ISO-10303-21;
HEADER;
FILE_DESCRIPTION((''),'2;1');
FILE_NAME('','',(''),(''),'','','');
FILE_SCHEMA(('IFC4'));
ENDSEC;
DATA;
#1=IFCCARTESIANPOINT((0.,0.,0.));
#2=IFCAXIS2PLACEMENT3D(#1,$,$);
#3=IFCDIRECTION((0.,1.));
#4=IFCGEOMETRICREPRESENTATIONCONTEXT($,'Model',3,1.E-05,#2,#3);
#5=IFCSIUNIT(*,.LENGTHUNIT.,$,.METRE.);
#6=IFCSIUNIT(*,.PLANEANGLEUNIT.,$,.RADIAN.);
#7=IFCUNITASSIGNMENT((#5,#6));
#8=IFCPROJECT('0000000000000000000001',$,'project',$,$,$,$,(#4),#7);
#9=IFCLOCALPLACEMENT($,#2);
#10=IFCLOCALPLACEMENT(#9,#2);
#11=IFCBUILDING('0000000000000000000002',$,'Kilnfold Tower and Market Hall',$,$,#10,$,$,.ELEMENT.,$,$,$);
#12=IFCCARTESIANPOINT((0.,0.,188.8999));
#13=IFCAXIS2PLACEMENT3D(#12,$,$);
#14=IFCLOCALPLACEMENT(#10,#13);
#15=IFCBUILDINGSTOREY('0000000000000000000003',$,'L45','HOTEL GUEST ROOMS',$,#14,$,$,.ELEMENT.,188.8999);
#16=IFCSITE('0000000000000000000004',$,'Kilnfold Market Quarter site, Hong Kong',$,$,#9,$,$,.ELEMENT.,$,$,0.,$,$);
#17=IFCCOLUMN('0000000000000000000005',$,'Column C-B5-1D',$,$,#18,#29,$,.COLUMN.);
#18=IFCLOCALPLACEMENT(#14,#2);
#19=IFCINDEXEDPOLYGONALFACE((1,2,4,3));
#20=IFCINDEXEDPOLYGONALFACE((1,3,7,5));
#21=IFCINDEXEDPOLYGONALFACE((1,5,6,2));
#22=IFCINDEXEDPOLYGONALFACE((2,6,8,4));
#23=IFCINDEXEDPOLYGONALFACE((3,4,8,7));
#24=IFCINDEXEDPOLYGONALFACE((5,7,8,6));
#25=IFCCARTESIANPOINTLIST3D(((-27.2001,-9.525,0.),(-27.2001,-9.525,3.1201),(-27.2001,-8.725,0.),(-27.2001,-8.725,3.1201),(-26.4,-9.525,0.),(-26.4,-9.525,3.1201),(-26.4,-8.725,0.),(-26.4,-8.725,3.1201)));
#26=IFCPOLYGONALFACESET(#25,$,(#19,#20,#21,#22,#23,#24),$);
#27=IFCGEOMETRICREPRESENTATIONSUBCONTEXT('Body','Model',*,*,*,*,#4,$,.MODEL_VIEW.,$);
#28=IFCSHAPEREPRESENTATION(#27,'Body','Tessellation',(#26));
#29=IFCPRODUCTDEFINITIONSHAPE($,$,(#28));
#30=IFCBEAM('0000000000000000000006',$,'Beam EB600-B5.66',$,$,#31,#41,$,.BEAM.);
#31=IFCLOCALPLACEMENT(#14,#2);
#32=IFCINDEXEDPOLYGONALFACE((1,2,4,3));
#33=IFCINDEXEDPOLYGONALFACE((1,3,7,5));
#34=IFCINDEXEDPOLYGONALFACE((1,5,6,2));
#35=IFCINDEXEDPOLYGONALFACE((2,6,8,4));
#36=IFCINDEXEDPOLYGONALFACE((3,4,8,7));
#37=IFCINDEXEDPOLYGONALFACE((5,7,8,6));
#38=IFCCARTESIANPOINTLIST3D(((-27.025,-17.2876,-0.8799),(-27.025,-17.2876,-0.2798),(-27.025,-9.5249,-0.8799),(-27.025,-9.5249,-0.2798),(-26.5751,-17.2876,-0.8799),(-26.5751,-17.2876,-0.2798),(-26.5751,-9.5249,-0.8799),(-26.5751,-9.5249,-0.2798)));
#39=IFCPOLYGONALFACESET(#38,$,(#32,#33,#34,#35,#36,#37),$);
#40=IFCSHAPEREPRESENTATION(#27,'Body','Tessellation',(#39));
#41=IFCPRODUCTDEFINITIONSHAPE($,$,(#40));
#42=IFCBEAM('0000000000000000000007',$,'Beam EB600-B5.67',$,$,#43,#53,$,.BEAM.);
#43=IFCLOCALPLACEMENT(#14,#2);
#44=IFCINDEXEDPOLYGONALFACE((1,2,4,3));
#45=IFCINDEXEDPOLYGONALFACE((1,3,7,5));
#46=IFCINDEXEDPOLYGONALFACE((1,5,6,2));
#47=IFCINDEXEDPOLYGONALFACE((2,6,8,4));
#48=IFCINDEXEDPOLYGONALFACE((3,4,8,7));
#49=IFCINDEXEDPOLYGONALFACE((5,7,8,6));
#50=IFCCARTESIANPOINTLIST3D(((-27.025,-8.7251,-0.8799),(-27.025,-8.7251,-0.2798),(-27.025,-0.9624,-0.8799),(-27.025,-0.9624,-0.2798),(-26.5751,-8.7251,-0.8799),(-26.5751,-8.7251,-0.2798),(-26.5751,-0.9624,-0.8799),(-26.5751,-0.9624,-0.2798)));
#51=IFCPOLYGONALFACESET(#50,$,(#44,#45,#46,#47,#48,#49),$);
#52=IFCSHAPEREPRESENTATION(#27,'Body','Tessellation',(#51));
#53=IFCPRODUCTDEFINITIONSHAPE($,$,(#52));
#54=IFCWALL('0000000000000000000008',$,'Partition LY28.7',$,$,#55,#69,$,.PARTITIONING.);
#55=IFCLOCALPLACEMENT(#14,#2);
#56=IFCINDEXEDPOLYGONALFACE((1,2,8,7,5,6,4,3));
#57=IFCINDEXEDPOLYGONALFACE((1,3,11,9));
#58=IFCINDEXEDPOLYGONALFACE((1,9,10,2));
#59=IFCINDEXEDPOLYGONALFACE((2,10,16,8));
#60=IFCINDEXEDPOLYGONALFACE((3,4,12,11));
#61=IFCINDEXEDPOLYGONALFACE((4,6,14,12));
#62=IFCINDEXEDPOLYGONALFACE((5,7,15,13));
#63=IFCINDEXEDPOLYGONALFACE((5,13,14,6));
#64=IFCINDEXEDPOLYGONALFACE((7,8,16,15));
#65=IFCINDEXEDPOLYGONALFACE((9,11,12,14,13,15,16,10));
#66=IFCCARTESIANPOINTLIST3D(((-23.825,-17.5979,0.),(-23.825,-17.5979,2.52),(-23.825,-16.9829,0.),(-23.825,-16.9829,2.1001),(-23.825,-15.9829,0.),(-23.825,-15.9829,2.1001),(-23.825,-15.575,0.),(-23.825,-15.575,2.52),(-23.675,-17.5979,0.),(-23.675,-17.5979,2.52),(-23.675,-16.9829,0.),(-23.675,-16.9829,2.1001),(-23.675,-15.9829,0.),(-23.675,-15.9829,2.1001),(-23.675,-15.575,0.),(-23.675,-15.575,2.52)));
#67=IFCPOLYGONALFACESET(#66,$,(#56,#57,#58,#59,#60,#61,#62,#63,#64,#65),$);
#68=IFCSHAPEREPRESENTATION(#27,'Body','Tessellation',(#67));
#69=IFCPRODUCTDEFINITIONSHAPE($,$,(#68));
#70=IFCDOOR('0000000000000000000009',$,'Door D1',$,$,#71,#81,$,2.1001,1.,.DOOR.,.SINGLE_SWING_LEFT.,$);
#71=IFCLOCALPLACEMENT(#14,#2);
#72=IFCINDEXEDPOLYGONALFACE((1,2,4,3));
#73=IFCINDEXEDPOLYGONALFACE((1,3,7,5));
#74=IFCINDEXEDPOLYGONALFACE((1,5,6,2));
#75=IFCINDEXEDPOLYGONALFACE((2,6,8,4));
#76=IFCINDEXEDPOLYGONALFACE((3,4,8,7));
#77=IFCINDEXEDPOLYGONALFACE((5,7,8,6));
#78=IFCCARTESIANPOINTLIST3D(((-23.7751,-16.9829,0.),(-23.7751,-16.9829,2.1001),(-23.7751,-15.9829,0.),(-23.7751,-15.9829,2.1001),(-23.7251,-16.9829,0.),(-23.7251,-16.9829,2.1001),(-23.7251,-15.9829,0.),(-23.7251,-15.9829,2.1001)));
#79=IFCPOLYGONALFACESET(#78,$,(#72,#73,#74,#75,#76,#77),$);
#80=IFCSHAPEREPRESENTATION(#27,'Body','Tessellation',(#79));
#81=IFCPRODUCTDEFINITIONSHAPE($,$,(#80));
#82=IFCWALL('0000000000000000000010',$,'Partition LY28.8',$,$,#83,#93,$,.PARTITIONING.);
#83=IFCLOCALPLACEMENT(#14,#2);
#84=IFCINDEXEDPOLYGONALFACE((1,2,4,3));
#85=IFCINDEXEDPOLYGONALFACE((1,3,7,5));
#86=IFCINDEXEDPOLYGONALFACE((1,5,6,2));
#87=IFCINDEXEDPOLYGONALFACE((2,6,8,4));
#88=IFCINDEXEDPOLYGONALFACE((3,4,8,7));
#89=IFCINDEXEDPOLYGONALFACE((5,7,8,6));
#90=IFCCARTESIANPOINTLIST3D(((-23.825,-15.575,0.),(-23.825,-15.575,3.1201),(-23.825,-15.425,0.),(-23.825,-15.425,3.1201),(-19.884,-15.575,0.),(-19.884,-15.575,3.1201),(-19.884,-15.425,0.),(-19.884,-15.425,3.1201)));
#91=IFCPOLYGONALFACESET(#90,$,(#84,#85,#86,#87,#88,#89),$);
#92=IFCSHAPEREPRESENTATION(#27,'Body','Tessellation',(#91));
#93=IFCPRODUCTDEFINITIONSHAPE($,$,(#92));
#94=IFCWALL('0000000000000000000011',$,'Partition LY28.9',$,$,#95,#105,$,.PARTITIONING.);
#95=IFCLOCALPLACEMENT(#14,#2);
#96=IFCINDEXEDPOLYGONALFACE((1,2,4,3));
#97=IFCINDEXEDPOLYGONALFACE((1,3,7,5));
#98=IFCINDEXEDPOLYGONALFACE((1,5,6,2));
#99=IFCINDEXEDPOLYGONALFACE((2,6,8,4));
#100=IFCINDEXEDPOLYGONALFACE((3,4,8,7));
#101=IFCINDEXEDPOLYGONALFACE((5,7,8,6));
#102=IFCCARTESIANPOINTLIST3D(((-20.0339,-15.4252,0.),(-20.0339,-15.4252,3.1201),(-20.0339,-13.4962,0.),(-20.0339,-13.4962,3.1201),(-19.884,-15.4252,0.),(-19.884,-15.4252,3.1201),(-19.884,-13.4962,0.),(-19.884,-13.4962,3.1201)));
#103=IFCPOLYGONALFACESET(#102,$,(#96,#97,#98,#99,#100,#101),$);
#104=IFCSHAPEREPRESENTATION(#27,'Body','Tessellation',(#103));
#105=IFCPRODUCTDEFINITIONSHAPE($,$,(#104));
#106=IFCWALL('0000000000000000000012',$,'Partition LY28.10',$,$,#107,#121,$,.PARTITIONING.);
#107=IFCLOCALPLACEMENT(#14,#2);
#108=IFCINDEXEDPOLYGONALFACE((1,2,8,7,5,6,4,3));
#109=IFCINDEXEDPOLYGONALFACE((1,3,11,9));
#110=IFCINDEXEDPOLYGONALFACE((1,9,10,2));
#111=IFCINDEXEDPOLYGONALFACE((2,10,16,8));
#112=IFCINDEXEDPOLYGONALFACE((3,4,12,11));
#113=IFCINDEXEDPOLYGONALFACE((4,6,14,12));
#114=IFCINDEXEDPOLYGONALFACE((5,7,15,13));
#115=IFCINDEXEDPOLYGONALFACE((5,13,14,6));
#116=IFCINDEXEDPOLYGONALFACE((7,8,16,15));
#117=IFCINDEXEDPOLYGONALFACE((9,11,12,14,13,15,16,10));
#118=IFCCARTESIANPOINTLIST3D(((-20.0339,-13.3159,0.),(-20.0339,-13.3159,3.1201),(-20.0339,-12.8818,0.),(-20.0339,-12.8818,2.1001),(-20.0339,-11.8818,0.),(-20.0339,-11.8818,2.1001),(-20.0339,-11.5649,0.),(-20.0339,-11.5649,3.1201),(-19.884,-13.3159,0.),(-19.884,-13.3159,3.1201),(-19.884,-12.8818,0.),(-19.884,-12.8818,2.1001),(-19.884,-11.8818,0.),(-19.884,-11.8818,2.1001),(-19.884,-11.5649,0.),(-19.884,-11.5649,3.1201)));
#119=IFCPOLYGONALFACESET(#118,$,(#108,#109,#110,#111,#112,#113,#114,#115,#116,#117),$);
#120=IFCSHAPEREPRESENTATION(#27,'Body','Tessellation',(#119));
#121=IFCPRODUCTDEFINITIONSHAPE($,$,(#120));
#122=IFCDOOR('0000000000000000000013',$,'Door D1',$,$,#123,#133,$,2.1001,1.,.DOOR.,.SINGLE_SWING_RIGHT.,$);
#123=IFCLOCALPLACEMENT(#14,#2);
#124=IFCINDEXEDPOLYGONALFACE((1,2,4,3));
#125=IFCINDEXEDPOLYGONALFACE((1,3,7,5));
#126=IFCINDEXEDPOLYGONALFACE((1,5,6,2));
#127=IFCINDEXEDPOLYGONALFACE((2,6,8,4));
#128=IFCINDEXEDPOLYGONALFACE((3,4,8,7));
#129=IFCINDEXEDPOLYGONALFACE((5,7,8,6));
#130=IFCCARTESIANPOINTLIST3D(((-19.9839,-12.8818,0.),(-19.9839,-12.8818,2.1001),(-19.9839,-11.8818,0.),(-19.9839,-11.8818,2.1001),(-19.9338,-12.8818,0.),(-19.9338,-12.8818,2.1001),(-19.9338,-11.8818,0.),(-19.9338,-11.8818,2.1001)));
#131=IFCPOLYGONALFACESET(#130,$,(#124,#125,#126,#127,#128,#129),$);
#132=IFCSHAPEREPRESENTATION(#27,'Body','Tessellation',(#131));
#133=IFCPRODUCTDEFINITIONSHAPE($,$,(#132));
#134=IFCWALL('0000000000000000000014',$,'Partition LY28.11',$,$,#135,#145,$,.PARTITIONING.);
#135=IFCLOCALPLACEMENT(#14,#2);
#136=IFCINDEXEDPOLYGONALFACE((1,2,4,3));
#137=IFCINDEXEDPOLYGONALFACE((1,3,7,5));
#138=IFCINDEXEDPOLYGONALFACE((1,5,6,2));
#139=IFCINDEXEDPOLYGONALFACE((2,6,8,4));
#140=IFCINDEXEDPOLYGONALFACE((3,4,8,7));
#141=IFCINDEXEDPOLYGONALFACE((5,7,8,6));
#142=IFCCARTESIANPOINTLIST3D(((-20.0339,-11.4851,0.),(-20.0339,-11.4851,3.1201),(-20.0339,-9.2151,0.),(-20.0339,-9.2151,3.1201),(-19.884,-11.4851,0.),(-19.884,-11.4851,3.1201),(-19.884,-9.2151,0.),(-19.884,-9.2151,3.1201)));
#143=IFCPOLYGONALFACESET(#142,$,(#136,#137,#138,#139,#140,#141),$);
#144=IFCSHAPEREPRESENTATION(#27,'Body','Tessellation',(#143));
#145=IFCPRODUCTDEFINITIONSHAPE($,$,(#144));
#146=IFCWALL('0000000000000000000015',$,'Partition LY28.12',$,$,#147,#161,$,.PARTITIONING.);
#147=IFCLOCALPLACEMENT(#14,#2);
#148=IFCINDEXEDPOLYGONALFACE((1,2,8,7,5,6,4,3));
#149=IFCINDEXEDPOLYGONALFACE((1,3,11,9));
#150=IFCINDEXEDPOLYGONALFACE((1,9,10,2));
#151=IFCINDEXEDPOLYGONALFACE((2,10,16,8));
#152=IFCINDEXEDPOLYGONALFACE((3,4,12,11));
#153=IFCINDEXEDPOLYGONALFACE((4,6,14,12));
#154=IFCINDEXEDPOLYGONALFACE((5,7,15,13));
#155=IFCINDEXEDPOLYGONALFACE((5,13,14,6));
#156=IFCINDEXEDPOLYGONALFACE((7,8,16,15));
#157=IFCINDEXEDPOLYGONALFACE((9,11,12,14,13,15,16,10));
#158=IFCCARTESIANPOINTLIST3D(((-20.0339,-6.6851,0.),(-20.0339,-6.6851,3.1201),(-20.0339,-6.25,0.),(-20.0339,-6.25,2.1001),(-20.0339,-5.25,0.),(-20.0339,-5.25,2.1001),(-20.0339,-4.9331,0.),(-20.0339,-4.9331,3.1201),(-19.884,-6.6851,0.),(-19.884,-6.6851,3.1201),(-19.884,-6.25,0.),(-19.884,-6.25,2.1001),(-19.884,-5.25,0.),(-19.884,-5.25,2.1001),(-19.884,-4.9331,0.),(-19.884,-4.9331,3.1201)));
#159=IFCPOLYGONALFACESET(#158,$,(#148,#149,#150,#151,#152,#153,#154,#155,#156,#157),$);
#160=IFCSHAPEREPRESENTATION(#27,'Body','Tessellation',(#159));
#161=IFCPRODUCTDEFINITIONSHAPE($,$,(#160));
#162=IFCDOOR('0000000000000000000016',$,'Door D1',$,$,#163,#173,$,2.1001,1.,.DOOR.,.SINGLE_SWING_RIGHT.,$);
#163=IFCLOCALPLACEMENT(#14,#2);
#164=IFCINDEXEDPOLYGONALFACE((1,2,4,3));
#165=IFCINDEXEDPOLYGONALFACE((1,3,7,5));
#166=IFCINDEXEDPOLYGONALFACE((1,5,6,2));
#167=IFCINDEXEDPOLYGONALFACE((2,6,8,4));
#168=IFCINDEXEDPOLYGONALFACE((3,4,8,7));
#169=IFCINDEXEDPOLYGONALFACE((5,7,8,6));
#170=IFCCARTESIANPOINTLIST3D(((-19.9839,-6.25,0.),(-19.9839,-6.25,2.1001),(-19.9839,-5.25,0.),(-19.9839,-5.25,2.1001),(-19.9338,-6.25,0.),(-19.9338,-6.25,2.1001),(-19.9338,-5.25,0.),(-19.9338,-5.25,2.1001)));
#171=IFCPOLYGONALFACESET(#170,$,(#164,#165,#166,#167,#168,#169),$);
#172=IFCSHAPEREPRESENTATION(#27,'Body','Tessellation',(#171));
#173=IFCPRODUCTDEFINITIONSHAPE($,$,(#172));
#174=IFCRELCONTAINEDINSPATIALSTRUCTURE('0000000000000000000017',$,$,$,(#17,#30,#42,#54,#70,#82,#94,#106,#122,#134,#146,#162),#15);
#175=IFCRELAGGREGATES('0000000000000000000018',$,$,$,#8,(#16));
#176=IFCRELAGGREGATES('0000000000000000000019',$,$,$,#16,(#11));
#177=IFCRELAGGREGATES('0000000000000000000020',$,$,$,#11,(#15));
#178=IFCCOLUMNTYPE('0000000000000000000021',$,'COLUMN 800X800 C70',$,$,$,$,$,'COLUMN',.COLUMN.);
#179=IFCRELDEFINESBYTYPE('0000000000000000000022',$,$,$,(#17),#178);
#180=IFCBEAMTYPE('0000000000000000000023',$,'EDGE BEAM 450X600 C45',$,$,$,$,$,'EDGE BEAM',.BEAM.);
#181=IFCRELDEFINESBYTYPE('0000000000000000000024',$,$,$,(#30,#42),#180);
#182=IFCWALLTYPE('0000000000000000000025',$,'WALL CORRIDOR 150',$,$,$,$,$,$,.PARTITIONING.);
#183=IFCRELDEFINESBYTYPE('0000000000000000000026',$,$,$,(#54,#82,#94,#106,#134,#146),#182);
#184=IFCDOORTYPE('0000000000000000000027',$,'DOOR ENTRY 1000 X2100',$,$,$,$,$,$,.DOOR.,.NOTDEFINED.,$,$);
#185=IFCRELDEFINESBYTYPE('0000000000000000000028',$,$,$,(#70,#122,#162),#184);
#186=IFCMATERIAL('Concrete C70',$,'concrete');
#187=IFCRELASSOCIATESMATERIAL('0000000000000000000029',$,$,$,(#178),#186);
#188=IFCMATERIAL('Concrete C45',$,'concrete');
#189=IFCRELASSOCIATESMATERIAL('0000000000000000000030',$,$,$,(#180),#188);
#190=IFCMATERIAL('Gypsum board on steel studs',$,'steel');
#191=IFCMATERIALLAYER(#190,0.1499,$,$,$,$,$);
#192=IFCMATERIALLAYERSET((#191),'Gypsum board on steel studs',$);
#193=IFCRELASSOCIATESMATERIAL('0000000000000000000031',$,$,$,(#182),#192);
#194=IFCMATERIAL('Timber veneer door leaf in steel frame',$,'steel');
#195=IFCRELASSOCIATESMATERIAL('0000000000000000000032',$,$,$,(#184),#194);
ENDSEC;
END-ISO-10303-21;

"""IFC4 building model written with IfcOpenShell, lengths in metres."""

from ifc_helpers import new_model, si_unit, direction, frame, frame_2d, origin, origin_2d, place, context, subcontext, project, spatial, rectangle, extrude, source, transform, mapped, material, layer, layer_set, material_profile, profile_set, type_object, element, fill, save


model = new_model("IFC4")

# Units and contexts
model_context = context("Model", 3, precision=1e-05, world=origin(), true_north=direction((0.0, 1.0)))
body_context = subcontext(model_context, "Body", "Model", "MODEL_VIEW")
ifc_project = project(units=[si_unit("LENGTHUNIT", "METRE"), si_unit("PLANEANGLEUNIT", "RADIAN")], contexts=[model_context])

# Site, building, storey
site_placement = place(None, origin())
site = spatial("IfcSite", under=ifc_project, at=site_placement, Name="Kilnfold Market Quarter site, Hong Kong", CompositionType="ELEMENT", RefElevation=0.0)
building_placement = place(site_placement, origin())
building = spatial("IfcBuilding", under=site, at=building_placement, Name="Kilnfold Tower and Market Hall", CompositionType="ELEMENT")
storey_placement = place(building_placement, frame((0.0, 0.0, 188.8999)))
storey = spatial("IfcBuildingStorey", under=building, at=storey_placement, Name="L45", Description="HOTEL GUEST ROOMS", CompositionType="ELEMENT", Elevation=188.8999)

# Column
ifc_material_1 = material(Name="Concrete C70", Category="concrete")
ifc_material_profile_1 = material_profile(ifc_material_1, rectangle(XDim=0.8, YDim=0.8, at=origin_2d()), Name="RC 800x800")
ifc_profile_set_1 = profile_set([ifc_material_profile_1], Name="Concrete C70")
column_type = type_object("IfcColumnType", Name="COLUMN 800X800 C70", ElementType="COLUMN", PredefinedType="COLUMN", material=ifc_profile_set_1)
shared_shape_1 = source(origin(), body_context, "Body", "SweptSolid", [
    extrude(rectangle(XDim=0.8, YDim=0.8, at=origin_2d()), origin(), (0.0, 0.0, 1.0), 3.1201),
])
column_placement = place(storey_placement, frame((-26.8, -9.125, 0.0), z_axis=(0.0, 0.0, 1.0), x_axis=(1.0, 0.0, 0.0)))
element("IfcColumn", 1, at=column_placement, inside=storey, type_object=column_type, Name="Column C-B5-1D", PredefinedType="COLUMN", context=body_context, shape_type="MappedRepresentation", body=[
    mapped(shared_shape_1, transform((0.0, 0.0, 0.0))),
])

# Beams
ifc_material_2 = material(Name="Concrete C45", Category="concrete")
ifc_material_profile_2 = material_profile(ifc_material_2, rectangle(XDim=0.45, YDim=0.6001, at=origin_2d()), Name="RC 450x600")
ifc_profile_set_2 = profile_set([ifc_material_profile_2], Name="Concrete C45")
beam_type = type_object("IfcBeamType", Name="EDGE BEAM 450X600 C45", ElementType="EDGE BEAM", PredefinedType="BEAM", material=ifc_profile_set_2)
shared_shape_2 = source(origin(), body_context, "Body", "SweptSolid", [
    extrude(rectangle(XDim=0.45, YDim=0.6001, at=origin_2d()), origin(), (0.0, 0.0, 1.0), 7.7627),
])
for number, where, z_axis, x_axis, name in (
    (2, (-26.8, -17.2876, -0.5798), (0.0, 1.0, 0.0), (-1.0, 0.0, 0.0), "Beam EB600-B5.66"),
    (3, (-26.8, -8.7251, -0.5798), (0.0, 1.0, 0.0), (-1.0, 0.0, 0.0), "Beam EB600-B5.67"),
):
    element("IfcBeam", number, at=place(storey_placement, frame(where, z_axis=z_axis, x_axis=x_axis)), inside=storey, type_object=beam_type, Name=name, PredefinedType="BEAM", context=body_context, shape_type="MappedRepresentation", body=[
        mapped(shared_shape_2, transform((0.0, 0.0, 0.0))),
    ])

# Wall, opening, door
ifc_material_3 = material(Name="Gypsum board on steel studs", Category="steel")
ifc_layer_1 = layer(ifc_material_3, 0.1499)
ifc_layer_set_1 = layer_set([ifc_layer_1], Name="Gypsum board on steel studs")
wall_type_1 = type_object("IfcWallType", Name="WALL CORRIDOR 150", PredefinedType="PARTITIONING", material=ifc_layer_set_1)
wall_1_placement = place(storey_placement, frame((-23.75, -15.575, 0.0), z_axis=(0.0, 0.0, 1.0), x_axis=(0.0, -1.0, 0.0)))
wall_1 = element("IfcWall", 4, at=wall_1_placement, inside=storey, type_object=wall_type_1, Name="Partition LY28.7", PredefinedType="PARTITIONING", context=body_context, shape_type="SweptSolid", body=[
    extrude(rectangle(XDim=2.0229, YDim=0.1499, at=frame_2d((1.0115, 0.0))), origin(), (0.0, 0.0, 1.0), 2.52),
])
opening_1_placement = place(wall_1_placement, frame((0.408, 0.0, 0.0)))
opening_1 = element("IfcOpeningElement", 5, at=opening_1_placement, cuts=wall_1, PredefinedType="OPENING", context=body_context, shape_type="SweptSolid", body=[
    extrude(rectangle(XDim=1.0, YDim=2.1001, at=frame_2d((0.5, 1.05))), frame((0.0, 0.085, 0.0), z_axis=(0.0, -1.0, 0.0), x_axis=(1.0, 0.0, 0.0)), (0.0, 0.0, 1.0), 0.1699),
])
ifc_material_4 = material(Name="Timber veneer door leaf in steel frame", Category="steel")
door_type_1 = type_object("IfcDoorType", Name="DOOR ENTRY 1000 X2100", OperationType="NOTDEFINED", PredefinedType="DOOR", material=ifc_material_4)
door_1_placement = place(opening_1_placement, origin())
door_1 = element("IfcDoor", 6, at=door_1_placement, inside=storey, type_object=door_type_1, Name="Door D1", OperationType="SINGLE_SWING_LEFT", OverallHeight=2.1001, OverallWidth=1.0, PredefinedType="DOOR", context=body_context, shape_type="SweptSolid", body=[
    extrude(rectangle(XDim=1.0, YDim=2.1001, at=frame_2d((0.5, 1.05))), frame((0.0, 0.0249, 0.0), z_axis=(0.0, -1.0, 0.0), x_axis=(1.0, 0.0, 0.0)), (0.0, 0.0, 1.0), 0.05),
])
fill(opening_1, door_1)

# Walls
wall_2_placement = place(storey_placement, frame((-23.825, -15.5, 0.0), z_axis=(0.0, 0.0, 1.0), x_axis=(1.0, 0.0, 0.0)))
element("IfcWall", 7, at=wall_2_placement, inside=storey, type_object=wall_type_1, Name="Partition LY28.8", PredefinedType="PARTITIONING", context=body_context, shape_type="SweptSolid", body=[
    extrude(rectangle(XDim=3.9409, YDim=0.1499, at=frame_2d((1.9705, 0.0))), origin(), (0.0, 0.0, 1.0), 3.1201),
])
wall_3_placement = place(storey_placement, frame((-19.959, -15.425, 0.0), z_axis=(0.0, 0.0, 1.0), x_axis=(0.0, 1.0, 0.0)))
element("IfcWall", 8, at=wall_3_placement, inside=storey, type_object=wall_type_1, Name="Partition LY28.9", PredefinedType="PARTITIONING", context=body_context, shape_type="SweptSolid", body=[
    extrude(rectangle(XDim=1.929, YDim=0.1499, at=frame_2d((0.9644, 0.0))), origin(), (0.0, 0.0, 1.0), 3.1201),
])

# Wall, opening, door
wall_4_placement = place(storey_placement, frame((-19.959, -13.3159, 0.0), z_axis=(0.0, 0.0, 1.0), x_axis=(0.0, 1.0, 0.0)))
wall_4 = element("IfcWall", 9, at=wall_4_placement, inside=storey, type_object=wall_type_1, Name="Partition LY28.10", PredefinedType="PARTITIONING", context=body_context, shape_type="SweptSolid", body=[
    extrude(rectangle(XDim=1.751, YDim=0.1499, at=frame_2d((0.8755, 0.0))), origin(), (0.0, 0.0, 1.0), 3.1201),
])
opening_2_placement = place(wall_4_placement, frame((0.4341, 0.0, 0.0)))
opening_2 = element("IfcOpeningElement", 10, at=opening_2_placement, cuts=wall_4, PredefinedType="OPENING", context=body_context, shape_type="SweptSolid", body=[
    extrude(rectangle(XDim=1.0, YDim=2.1001, at=frame_2d((0.5, 1.05))), frame((0.0, 0.085, 0.0), z_axis=(0.0, -1.0, 0.0), x_axis=(1.0, 0.0, 0.0)), (0.0, 0.0, 1.0), 0.1699),
])
door_2_placement = place(opening_2_placement, origin())
door_2 = element("IfcDoor", 11, at=door_2_placement, inside=storey, type_object=door_type_1, Name="Door D1", OperationType="SINGLE_SWING_RIGHT", OverallHeight=2.1001, OverallWidth=1.0, PredefinedType="DOOR", context=body_context, shape_type="SweptSolid", body=[
    extrude(rectangle(XDim=1.0, YDim=2.1001, at=frame_2d((0.5, 1.05))), frame((0.0, 0.0249, 0.0), z_axis=(0.0, -1.0, 0.0), x_axis=(1.0, 0.0, 0.0)), (0.0, 0.0, 1.0), 0.05),
])
fill(opening_2, door_2)

# Wall
wall_5_placement = place(storey_placement, frame((-19.959, -11.4851, 0.0), z_axis=(0.0, 0.0, 1.0), x_axis=(0.0, 1.0, 0.0)))
element("IfcWall", 12, at=wall_5_placement, inside=storey, type_object=wall_type_1, Name="Partition LY28.11", PredefinedType="PARTITIONING", context=body_context, shape_type="SweptSolid", body=[
    extrude(rectangle(XDim=2.27, YDim=0.1499, at=frame_2d((1.135, 0.0))), origin(), (0.0, 0.0, 1.0), 3.1201),
])

# Wall, opening, door
wall_6_placement = place(storey_placement, frame((-19.959, -6.6851, 0.0), z_axis=(0.0, 0.0, 1.0), x_axis=(0.0, 1.0, 0.0)))
wall_6 = element("IfcWall", 13, at=wall_6_placement, inside=storey, type_object=wall_type_1, Name="Partition LY28.12", PredefinedType="PARTITIONING", context=body_context, shape_type="SweptSolid", body=[
    extrude(rectangle(XDim=1.752, YDim=0.1499, at=frame_2d((0.876, 0.0))), origin(), (0.0, 0.0, 1.0), 3.1201),
])
opening_3_placement = place(wall_6_placement, frame((0.4351, 0.0, 0.0)))
opening_3 = element("IfcOpeningElement", 14, at=opening_3_placement, cuts=wall_6, PredefinedType="OPENING", context=body_context, shape_type="SweptSolid", body=[
    extrude(rectangle(XDim=1.0, YDim=2.1001, at=frame_2d((0.5, 1.05))), frame((0.0, 0.085, 0.0), z_axis=(0.0, -1.0, 0.0), x_axis=(1.0, 0.0, 0.0)), (0.0, 0.0, 1.0), 0.1699),
])
door_3_placement = place(opening_3_placement, origin())
door_3 = element("IfcDoor", 15, at=door_3_placement, inside=storey, type_object=door_type_1, Name="Door D1", OperationType="SINGLE_SWING_RIGHT", OverallHeight=2.1001, OverallWidth=1.0, PredefinedType="DOOR", context=body_context, shape_type="SweptSolid", body=[
    extrude(rectangle(XDim=1.0, YDim=2.1001, at=frame_2d((0.5, 1.05))), frame((0.0, 0.0249, 0.0), z_axis=(0.0, -1.0, 0.0), x_axis=(1.0, 0.0, 0.0)), (0.0, 0.0, 1.0), 0.05),
])
fill(opening_3, door_3)

save(model, "model.ifc")
